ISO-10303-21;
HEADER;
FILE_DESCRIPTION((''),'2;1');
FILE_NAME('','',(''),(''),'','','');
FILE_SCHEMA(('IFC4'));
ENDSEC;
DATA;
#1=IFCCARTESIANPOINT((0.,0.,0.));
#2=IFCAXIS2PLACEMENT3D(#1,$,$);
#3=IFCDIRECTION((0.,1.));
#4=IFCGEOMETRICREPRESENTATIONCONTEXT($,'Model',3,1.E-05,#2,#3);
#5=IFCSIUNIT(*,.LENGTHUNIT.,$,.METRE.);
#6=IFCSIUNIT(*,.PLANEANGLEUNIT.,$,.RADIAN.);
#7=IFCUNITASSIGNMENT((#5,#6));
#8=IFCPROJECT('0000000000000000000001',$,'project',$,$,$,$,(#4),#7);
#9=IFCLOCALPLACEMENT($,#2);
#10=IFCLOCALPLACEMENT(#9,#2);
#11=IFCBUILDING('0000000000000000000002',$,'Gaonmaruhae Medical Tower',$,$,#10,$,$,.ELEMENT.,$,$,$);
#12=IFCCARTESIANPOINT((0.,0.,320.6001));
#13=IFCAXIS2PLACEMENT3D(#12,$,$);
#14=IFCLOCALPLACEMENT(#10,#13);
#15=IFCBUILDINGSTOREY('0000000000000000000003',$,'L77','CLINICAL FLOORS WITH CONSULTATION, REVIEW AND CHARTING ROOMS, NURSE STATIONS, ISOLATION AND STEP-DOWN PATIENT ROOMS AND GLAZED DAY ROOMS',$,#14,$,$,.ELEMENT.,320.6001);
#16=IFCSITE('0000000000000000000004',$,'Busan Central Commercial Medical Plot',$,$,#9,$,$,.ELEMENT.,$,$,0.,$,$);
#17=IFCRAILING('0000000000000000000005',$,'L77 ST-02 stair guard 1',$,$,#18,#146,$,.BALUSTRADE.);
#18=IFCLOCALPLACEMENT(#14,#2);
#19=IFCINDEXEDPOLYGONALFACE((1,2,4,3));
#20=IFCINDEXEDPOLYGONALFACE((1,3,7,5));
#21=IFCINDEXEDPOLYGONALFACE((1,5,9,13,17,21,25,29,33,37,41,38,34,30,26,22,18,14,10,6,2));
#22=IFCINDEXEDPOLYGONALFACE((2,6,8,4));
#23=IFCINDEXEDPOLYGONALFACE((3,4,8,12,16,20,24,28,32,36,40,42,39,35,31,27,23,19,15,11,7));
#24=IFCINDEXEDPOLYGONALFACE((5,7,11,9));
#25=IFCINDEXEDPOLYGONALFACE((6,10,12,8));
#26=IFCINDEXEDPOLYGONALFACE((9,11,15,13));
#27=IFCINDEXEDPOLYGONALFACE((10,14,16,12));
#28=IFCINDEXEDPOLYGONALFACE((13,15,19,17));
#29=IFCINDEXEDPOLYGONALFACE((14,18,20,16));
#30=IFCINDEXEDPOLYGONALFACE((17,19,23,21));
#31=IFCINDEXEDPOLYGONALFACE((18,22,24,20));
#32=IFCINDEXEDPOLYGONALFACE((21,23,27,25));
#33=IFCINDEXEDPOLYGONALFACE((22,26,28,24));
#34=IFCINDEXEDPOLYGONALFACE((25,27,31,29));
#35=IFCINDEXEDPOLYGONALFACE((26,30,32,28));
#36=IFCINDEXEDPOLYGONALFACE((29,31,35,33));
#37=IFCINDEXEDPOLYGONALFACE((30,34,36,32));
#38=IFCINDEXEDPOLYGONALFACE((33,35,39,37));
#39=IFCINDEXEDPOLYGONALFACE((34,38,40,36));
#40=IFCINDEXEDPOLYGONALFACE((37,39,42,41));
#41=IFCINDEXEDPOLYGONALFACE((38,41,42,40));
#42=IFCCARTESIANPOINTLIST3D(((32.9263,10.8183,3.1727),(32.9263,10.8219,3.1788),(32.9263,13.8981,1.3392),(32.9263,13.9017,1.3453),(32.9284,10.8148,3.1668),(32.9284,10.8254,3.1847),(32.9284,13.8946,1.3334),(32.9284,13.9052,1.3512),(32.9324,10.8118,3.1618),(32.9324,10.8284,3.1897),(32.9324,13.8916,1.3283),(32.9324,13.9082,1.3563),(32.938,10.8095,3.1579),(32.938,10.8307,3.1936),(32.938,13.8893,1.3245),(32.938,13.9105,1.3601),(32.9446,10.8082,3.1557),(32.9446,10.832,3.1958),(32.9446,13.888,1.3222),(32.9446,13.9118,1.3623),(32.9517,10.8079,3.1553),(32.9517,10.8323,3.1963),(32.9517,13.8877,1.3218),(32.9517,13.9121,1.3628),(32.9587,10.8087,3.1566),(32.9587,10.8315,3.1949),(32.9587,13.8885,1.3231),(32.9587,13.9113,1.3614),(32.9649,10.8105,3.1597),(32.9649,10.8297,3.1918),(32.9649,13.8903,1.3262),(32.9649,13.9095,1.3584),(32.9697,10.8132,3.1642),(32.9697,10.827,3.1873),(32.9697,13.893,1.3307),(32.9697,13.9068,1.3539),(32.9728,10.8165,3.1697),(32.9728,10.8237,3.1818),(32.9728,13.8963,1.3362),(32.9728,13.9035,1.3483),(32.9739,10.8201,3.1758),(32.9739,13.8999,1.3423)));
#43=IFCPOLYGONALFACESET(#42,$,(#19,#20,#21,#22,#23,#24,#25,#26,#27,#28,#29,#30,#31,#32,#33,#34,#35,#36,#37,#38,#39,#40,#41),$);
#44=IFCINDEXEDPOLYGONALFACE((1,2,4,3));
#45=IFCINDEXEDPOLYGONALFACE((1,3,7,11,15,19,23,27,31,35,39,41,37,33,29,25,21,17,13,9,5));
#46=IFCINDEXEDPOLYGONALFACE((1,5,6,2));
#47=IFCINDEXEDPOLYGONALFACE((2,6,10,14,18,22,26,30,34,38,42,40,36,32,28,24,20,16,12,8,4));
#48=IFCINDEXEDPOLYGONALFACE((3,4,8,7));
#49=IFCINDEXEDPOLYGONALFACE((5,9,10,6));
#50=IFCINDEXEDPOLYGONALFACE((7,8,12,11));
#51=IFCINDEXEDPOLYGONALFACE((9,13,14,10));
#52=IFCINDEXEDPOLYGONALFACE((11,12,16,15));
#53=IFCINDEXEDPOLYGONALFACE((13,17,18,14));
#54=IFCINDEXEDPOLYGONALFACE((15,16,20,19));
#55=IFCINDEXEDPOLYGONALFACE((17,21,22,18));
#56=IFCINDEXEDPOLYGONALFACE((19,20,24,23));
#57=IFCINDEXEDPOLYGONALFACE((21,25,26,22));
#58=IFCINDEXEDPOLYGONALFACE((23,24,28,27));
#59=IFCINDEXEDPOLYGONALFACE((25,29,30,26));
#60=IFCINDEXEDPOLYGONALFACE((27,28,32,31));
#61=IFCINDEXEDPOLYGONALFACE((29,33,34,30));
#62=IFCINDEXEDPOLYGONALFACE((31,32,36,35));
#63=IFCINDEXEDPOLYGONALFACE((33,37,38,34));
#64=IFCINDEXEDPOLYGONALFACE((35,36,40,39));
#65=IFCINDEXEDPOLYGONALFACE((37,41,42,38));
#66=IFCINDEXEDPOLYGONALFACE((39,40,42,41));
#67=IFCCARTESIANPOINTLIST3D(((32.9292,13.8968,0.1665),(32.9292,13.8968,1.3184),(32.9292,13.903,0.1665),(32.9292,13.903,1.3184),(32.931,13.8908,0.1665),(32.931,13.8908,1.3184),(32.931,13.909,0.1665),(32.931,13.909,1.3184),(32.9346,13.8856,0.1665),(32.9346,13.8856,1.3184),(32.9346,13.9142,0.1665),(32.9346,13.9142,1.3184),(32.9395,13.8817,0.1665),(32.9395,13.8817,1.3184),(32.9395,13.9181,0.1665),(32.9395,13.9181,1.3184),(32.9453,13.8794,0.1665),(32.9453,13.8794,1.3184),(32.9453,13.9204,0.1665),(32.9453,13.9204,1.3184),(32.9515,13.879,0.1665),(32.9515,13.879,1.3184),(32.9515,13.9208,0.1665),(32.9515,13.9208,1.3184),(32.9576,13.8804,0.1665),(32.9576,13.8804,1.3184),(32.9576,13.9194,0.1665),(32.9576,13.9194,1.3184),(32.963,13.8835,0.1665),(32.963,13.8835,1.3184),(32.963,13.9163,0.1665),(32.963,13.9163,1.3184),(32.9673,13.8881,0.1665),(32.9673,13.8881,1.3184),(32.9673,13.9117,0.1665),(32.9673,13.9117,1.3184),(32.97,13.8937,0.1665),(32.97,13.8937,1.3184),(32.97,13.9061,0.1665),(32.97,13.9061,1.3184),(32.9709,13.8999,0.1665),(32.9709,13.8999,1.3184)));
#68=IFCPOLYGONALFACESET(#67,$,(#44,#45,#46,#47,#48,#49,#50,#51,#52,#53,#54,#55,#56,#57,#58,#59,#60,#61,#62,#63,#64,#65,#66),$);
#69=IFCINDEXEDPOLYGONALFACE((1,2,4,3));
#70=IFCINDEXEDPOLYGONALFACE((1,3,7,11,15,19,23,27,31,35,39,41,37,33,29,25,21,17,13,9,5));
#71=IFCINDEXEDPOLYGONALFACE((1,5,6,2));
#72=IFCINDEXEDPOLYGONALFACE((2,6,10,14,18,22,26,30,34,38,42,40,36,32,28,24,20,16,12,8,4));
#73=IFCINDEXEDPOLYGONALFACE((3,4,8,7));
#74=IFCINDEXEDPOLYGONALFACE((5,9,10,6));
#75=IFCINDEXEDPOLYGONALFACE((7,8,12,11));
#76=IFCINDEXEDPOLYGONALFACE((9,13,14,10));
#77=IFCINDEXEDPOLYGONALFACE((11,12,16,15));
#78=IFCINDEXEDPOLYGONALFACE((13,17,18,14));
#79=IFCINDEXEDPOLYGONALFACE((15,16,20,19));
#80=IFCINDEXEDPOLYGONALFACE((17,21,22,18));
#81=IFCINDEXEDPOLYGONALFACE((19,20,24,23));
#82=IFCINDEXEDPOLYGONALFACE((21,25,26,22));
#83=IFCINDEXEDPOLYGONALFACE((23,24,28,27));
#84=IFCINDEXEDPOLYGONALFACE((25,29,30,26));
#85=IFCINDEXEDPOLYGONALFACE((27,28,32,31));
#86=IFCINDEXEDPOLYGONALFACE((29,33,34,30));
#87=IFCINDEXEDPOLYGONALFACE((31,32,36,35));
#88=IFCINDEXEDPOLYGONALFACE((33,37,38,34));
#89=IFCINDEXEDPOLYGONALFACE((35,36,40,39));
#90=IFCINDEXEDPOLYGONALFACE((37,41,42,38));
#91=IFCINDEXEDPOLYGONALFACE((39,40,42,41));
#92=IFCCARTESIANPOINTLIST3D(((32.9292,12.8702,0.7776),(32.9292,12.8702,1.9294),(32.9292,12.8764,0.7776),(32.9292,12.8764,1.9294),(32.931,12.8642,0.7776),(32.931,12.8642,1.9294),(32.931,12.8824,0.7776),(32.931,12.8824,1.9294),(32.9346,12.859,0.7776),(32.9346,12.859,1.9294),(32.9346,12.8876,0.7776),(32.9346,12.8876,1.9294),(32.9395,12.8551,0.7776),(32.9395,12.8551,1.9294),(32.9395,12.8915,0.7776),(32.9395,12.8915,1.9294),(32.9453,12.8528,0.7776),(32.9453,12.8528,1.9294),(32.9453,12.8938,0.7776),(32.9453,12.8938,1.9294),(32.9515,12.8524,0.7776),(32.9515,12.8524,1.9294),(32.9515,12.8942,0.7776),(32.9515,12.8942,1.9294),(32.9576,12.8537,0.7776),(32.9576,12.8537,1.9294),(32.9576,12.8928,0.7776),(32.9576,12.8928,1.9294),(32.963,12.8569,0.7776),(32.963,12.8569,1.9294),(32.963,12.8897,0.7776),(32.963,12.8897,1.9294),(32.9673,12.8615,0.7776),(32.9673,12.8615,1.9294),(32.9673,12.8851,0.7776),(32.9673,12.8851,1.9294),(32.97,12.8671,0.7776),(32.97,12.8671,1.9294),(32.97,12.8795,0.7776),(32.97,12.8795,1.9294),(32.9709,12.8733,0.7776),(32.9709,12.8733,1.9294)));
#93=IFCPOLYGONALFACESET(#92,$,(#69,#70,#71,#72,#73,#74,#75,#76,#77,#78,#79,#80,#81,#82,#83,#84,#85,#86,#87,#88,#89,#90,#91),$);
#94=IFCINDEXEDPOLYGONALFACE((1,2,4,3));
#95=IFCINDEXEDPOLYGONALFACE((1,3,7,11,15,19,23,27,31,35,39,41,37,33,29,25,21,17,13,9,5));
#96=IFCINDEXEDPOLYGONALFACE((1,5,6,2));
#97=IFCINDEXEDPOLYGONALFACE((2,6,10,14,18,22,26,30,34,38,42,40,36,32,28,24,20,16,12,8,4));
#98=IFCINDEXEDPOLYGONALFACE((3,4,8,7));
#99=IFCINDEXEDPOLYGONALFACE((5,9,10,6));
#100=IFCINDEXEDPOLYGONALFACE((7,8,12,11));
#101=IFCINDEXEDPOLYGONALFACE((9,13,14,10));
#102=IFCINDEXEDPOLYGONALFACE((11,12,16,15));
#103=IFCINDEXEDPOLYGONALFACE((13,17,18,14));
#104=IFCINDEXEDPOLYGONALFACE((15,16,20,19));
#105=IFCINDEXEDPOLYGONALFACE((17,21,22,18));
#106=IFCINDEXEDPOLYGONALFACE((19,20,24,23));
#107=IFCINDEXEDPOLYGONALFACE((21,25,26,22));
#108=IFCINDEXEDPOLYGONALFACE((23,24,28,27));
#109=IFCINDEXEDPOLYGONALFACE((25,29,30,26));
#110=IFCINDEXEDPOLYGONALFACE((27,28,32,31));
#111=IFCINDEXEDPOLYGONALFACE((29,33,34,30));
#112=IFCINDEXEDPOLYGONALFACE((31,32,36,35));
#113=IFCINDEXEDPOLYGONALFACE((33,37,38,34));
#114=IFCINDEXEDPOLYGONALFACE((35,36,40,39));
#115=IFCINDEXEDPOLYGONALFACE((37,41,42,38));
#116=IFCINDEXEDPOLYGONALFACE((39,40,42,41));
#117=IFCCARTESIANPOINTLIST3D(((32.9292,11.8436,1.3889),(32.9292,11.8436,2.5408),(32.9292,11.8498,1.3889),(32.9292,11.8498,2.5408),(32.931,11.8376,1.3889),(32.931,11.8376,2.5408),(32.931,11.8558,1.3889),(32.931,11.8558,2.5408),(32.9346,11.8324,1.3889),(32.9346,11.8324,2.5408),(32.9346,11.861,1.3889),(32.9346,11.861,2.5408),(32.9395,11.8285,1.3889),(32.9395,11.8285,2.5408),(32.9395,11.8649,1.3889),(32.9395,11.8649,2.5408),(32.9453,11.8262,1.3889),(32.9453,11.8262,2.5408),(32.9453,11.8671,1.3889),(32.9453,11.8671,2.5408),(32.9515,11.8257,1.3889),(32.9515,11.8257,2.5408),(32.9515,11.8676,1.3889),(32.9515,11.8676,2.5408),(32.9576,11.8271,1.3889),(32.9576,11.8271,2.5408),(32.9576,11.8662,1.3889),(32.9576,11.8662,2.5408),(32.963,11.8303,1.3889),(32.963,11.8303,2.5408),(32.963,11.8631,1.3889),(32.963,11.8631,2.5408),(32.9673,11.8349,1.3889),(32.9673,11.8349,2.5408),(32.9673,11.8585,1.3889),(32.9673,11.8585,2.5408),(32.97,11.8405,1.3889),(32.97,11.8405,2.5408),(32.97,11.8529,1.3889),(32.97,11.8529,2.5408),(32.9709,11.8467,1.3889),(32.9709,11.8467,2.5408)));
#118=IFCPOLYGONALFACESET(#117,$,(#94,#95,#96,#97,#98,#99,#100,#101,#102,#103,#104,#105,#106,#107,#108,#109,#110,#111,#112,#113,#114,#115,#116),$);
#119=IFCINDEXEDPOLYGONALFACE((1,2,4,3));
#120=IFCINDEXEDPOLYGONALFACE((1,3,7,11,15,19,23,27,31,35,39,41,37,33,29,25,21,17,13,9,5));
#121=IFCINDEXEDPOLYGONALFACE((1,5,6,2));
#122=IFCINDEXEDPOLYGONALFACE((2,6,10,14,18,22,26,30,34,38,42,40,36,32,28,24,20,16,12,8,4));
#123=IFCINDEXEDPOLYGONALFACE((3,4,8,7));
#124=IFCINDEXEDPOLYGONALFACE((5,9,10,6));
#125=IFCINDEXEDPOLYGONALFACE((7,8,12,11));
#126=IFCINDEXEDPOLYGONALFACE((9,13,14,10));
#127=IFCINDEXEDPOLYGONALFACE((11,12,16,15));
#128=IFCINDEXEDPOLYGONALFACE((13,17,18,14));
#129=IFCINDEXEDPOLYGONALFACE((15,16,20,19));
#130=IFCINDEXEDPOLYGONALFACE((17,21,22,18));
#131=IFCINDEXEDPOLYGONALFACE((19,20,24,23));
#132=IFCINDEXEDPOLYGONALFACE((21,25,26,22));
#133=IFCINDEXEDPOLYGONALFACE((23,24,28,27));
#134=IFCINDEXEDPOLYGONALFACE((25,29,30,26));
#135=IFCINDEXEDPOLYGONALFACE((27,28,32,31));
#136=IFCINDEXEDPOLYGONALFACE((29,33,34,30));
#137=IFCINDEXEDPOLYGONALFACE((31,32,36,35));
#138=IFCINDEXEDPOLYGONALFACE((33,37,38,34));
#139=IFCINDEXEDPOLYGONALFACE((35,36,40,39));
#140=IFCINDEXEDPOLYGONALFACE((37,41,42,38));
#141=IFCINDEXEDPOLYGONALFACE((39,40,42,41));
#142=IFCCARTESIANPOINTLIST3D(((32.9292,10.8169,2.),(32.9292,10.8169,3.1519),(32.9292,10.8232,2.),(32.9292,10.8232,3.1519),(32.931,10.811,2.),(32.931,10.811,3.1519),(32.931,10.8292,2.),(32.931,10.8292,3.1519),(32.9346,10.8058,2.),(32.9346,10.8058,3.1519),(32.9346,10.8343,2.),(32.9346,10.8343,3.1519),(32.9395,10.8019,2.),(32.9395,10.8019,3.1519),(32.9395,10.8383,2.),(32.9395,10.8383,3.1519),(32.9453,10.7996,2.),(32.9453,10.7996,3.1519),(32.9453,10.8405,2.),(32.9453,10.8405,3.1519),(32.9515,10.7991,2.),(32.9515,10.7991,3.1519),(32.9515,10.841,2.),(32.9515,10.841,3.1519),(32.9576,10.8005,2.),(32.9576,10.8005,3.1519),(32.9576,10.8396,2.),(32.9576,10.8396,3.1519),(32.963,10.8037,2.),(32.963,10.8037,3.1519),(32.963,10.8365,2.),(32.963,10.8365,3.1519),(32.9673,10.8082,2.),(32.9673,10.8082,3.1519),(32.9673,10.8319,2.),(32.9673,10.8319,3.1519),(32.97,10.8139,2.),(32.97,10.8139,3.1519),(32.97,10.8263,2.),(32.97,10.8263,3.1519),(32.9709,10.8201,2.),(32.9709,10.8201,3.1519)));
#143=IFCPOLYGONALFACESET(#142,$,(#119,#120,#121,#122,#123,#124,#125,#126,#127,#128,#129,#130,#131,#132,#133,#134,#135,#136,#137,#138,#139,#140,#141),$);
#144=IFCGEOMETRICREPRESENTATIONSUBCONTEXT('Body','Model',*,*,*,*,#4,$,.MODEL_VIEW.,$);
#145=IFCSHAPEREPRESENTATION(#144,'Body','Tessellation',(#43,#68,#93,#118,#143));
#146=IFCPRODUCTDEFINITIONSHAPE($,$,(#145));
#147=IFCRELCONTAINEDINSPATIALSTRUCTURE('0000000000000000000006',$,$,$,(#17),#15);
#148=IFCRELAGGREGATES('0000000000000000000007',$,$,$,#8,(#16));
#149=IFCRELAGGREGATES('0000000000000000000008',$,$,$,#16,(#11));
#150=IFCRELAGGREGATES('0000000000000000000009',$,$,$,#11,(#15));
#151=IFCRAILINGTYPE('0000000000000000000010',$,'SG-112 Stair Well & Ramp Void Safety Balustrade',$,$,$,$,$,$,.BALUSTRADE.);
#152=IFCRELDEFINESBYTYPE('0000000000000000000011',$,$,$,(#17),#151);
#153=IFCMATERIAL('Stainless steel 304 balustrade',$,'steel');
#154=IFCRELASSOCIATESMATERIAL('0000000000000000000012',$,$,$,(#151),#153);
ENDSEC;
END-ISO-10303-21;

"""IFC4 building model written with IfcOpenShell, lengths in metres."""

from ifc_helpers import new_model, si_unit, direction, frame, origin, origin_2d, place, context, subcontext, project, spatial, circle, extrude, material, type_object, element, save


model = new_model("IFC4")

# Units and contexts
model_context = context("Model", 3, precision=1e-05, world=origin(), true_north=direction((0.0, 1.0)))
body_context = subcontext(model_context, "Body", "Model", "MODEL_VIEW")
ifc_project = project(units=[si_unit("LENGTHUNIT", "METRE"), si_unit("PLANEANGLEUNIT", "RADIAN")], contexts=[model_context])

# Site, building, storey
site_placement = place(None, origin())
site = spatial("IfcSite", under=ifc_project, at=site_placement, Name="Busan Central Commercial Medical Plot", CompositionType="ELEMENT", RefElevation=0.0)
building_placement = place(site_placement, origin())
building = spatial("IfcBuilding", under=site, at=building_placement, Name="Gaonmaruhae Medical Tower", CompositionType="ELEMENT")
storey_placement = place(building_placement, frame((0.0, 0.0, 320.6001)))
storey = spatial("IfcBuildingStorey", under=building, at=storey_placement, Name="L77", Description="CLINICAL FLOORS WITH CONSULTATION, REVIEW AND CHARTING ROOMS, NURSE STATIONS, ISOLATION AND STEP-DOWN PATIENT ROOMS AND GLAZED DAY ROOMS", CompositionType="ELEMENT", Elevation=320.6001)

# Railing
ifc_material_1 = material(Name="Stainless steel 304 balustrade", Category="steel")
railing_type_1 = type_object("IfcRailingType", Name="SG-112 Stair Well & Ramp Void Safety Balustrade", PredefinedType="BALUSTRADE", material=ifc_material_1)
railing_1_placement = place(storey_placement, frame((32.95, 13.8999, 0.1665)))
element("IfcRailing", 1, at=railing_1_placement, inside=storey, type_object=railing_type_1, Name="L77 ST-02 stair guard 1", PredefinedType="BALUSTRADE", context=body_context, shape_type="SweptSolid", body=[
    extrude(circle(Radius=0.0239, at=origin_2d()), frame((0.0, 0.0, 1.1758), z_axis=(0.0, -0.859261, 0.511538), x_axis=(1.0, 0.0, 0.0)), (0.0, 0.0, 1.0), 3.5842),
    extrude(circle(Radius=0.021, at=origin_2d()), origin(), (0.0, 0.0, 1.0), 1.1519),
    extrude(circle(Radius=0.021, at=origin_2d()), frame((0.0, -1.0266, 0.6111)), (0.0, 0.0, 1.0), 1.1519),
    extrude(circle(Radius=0.021, at=origin_2d()), frame((0.0, -2.0532, 1.2224)), (0.0, 0.0, 1.0), 1.1519),
    extrude(circle(Radius=0.021, at=origin_2d()), frame((0.0, -3.0798, 1.8335)), (0.0, 0.0, 1.0), 1.1519),
])

save(model, "model.ifc")
